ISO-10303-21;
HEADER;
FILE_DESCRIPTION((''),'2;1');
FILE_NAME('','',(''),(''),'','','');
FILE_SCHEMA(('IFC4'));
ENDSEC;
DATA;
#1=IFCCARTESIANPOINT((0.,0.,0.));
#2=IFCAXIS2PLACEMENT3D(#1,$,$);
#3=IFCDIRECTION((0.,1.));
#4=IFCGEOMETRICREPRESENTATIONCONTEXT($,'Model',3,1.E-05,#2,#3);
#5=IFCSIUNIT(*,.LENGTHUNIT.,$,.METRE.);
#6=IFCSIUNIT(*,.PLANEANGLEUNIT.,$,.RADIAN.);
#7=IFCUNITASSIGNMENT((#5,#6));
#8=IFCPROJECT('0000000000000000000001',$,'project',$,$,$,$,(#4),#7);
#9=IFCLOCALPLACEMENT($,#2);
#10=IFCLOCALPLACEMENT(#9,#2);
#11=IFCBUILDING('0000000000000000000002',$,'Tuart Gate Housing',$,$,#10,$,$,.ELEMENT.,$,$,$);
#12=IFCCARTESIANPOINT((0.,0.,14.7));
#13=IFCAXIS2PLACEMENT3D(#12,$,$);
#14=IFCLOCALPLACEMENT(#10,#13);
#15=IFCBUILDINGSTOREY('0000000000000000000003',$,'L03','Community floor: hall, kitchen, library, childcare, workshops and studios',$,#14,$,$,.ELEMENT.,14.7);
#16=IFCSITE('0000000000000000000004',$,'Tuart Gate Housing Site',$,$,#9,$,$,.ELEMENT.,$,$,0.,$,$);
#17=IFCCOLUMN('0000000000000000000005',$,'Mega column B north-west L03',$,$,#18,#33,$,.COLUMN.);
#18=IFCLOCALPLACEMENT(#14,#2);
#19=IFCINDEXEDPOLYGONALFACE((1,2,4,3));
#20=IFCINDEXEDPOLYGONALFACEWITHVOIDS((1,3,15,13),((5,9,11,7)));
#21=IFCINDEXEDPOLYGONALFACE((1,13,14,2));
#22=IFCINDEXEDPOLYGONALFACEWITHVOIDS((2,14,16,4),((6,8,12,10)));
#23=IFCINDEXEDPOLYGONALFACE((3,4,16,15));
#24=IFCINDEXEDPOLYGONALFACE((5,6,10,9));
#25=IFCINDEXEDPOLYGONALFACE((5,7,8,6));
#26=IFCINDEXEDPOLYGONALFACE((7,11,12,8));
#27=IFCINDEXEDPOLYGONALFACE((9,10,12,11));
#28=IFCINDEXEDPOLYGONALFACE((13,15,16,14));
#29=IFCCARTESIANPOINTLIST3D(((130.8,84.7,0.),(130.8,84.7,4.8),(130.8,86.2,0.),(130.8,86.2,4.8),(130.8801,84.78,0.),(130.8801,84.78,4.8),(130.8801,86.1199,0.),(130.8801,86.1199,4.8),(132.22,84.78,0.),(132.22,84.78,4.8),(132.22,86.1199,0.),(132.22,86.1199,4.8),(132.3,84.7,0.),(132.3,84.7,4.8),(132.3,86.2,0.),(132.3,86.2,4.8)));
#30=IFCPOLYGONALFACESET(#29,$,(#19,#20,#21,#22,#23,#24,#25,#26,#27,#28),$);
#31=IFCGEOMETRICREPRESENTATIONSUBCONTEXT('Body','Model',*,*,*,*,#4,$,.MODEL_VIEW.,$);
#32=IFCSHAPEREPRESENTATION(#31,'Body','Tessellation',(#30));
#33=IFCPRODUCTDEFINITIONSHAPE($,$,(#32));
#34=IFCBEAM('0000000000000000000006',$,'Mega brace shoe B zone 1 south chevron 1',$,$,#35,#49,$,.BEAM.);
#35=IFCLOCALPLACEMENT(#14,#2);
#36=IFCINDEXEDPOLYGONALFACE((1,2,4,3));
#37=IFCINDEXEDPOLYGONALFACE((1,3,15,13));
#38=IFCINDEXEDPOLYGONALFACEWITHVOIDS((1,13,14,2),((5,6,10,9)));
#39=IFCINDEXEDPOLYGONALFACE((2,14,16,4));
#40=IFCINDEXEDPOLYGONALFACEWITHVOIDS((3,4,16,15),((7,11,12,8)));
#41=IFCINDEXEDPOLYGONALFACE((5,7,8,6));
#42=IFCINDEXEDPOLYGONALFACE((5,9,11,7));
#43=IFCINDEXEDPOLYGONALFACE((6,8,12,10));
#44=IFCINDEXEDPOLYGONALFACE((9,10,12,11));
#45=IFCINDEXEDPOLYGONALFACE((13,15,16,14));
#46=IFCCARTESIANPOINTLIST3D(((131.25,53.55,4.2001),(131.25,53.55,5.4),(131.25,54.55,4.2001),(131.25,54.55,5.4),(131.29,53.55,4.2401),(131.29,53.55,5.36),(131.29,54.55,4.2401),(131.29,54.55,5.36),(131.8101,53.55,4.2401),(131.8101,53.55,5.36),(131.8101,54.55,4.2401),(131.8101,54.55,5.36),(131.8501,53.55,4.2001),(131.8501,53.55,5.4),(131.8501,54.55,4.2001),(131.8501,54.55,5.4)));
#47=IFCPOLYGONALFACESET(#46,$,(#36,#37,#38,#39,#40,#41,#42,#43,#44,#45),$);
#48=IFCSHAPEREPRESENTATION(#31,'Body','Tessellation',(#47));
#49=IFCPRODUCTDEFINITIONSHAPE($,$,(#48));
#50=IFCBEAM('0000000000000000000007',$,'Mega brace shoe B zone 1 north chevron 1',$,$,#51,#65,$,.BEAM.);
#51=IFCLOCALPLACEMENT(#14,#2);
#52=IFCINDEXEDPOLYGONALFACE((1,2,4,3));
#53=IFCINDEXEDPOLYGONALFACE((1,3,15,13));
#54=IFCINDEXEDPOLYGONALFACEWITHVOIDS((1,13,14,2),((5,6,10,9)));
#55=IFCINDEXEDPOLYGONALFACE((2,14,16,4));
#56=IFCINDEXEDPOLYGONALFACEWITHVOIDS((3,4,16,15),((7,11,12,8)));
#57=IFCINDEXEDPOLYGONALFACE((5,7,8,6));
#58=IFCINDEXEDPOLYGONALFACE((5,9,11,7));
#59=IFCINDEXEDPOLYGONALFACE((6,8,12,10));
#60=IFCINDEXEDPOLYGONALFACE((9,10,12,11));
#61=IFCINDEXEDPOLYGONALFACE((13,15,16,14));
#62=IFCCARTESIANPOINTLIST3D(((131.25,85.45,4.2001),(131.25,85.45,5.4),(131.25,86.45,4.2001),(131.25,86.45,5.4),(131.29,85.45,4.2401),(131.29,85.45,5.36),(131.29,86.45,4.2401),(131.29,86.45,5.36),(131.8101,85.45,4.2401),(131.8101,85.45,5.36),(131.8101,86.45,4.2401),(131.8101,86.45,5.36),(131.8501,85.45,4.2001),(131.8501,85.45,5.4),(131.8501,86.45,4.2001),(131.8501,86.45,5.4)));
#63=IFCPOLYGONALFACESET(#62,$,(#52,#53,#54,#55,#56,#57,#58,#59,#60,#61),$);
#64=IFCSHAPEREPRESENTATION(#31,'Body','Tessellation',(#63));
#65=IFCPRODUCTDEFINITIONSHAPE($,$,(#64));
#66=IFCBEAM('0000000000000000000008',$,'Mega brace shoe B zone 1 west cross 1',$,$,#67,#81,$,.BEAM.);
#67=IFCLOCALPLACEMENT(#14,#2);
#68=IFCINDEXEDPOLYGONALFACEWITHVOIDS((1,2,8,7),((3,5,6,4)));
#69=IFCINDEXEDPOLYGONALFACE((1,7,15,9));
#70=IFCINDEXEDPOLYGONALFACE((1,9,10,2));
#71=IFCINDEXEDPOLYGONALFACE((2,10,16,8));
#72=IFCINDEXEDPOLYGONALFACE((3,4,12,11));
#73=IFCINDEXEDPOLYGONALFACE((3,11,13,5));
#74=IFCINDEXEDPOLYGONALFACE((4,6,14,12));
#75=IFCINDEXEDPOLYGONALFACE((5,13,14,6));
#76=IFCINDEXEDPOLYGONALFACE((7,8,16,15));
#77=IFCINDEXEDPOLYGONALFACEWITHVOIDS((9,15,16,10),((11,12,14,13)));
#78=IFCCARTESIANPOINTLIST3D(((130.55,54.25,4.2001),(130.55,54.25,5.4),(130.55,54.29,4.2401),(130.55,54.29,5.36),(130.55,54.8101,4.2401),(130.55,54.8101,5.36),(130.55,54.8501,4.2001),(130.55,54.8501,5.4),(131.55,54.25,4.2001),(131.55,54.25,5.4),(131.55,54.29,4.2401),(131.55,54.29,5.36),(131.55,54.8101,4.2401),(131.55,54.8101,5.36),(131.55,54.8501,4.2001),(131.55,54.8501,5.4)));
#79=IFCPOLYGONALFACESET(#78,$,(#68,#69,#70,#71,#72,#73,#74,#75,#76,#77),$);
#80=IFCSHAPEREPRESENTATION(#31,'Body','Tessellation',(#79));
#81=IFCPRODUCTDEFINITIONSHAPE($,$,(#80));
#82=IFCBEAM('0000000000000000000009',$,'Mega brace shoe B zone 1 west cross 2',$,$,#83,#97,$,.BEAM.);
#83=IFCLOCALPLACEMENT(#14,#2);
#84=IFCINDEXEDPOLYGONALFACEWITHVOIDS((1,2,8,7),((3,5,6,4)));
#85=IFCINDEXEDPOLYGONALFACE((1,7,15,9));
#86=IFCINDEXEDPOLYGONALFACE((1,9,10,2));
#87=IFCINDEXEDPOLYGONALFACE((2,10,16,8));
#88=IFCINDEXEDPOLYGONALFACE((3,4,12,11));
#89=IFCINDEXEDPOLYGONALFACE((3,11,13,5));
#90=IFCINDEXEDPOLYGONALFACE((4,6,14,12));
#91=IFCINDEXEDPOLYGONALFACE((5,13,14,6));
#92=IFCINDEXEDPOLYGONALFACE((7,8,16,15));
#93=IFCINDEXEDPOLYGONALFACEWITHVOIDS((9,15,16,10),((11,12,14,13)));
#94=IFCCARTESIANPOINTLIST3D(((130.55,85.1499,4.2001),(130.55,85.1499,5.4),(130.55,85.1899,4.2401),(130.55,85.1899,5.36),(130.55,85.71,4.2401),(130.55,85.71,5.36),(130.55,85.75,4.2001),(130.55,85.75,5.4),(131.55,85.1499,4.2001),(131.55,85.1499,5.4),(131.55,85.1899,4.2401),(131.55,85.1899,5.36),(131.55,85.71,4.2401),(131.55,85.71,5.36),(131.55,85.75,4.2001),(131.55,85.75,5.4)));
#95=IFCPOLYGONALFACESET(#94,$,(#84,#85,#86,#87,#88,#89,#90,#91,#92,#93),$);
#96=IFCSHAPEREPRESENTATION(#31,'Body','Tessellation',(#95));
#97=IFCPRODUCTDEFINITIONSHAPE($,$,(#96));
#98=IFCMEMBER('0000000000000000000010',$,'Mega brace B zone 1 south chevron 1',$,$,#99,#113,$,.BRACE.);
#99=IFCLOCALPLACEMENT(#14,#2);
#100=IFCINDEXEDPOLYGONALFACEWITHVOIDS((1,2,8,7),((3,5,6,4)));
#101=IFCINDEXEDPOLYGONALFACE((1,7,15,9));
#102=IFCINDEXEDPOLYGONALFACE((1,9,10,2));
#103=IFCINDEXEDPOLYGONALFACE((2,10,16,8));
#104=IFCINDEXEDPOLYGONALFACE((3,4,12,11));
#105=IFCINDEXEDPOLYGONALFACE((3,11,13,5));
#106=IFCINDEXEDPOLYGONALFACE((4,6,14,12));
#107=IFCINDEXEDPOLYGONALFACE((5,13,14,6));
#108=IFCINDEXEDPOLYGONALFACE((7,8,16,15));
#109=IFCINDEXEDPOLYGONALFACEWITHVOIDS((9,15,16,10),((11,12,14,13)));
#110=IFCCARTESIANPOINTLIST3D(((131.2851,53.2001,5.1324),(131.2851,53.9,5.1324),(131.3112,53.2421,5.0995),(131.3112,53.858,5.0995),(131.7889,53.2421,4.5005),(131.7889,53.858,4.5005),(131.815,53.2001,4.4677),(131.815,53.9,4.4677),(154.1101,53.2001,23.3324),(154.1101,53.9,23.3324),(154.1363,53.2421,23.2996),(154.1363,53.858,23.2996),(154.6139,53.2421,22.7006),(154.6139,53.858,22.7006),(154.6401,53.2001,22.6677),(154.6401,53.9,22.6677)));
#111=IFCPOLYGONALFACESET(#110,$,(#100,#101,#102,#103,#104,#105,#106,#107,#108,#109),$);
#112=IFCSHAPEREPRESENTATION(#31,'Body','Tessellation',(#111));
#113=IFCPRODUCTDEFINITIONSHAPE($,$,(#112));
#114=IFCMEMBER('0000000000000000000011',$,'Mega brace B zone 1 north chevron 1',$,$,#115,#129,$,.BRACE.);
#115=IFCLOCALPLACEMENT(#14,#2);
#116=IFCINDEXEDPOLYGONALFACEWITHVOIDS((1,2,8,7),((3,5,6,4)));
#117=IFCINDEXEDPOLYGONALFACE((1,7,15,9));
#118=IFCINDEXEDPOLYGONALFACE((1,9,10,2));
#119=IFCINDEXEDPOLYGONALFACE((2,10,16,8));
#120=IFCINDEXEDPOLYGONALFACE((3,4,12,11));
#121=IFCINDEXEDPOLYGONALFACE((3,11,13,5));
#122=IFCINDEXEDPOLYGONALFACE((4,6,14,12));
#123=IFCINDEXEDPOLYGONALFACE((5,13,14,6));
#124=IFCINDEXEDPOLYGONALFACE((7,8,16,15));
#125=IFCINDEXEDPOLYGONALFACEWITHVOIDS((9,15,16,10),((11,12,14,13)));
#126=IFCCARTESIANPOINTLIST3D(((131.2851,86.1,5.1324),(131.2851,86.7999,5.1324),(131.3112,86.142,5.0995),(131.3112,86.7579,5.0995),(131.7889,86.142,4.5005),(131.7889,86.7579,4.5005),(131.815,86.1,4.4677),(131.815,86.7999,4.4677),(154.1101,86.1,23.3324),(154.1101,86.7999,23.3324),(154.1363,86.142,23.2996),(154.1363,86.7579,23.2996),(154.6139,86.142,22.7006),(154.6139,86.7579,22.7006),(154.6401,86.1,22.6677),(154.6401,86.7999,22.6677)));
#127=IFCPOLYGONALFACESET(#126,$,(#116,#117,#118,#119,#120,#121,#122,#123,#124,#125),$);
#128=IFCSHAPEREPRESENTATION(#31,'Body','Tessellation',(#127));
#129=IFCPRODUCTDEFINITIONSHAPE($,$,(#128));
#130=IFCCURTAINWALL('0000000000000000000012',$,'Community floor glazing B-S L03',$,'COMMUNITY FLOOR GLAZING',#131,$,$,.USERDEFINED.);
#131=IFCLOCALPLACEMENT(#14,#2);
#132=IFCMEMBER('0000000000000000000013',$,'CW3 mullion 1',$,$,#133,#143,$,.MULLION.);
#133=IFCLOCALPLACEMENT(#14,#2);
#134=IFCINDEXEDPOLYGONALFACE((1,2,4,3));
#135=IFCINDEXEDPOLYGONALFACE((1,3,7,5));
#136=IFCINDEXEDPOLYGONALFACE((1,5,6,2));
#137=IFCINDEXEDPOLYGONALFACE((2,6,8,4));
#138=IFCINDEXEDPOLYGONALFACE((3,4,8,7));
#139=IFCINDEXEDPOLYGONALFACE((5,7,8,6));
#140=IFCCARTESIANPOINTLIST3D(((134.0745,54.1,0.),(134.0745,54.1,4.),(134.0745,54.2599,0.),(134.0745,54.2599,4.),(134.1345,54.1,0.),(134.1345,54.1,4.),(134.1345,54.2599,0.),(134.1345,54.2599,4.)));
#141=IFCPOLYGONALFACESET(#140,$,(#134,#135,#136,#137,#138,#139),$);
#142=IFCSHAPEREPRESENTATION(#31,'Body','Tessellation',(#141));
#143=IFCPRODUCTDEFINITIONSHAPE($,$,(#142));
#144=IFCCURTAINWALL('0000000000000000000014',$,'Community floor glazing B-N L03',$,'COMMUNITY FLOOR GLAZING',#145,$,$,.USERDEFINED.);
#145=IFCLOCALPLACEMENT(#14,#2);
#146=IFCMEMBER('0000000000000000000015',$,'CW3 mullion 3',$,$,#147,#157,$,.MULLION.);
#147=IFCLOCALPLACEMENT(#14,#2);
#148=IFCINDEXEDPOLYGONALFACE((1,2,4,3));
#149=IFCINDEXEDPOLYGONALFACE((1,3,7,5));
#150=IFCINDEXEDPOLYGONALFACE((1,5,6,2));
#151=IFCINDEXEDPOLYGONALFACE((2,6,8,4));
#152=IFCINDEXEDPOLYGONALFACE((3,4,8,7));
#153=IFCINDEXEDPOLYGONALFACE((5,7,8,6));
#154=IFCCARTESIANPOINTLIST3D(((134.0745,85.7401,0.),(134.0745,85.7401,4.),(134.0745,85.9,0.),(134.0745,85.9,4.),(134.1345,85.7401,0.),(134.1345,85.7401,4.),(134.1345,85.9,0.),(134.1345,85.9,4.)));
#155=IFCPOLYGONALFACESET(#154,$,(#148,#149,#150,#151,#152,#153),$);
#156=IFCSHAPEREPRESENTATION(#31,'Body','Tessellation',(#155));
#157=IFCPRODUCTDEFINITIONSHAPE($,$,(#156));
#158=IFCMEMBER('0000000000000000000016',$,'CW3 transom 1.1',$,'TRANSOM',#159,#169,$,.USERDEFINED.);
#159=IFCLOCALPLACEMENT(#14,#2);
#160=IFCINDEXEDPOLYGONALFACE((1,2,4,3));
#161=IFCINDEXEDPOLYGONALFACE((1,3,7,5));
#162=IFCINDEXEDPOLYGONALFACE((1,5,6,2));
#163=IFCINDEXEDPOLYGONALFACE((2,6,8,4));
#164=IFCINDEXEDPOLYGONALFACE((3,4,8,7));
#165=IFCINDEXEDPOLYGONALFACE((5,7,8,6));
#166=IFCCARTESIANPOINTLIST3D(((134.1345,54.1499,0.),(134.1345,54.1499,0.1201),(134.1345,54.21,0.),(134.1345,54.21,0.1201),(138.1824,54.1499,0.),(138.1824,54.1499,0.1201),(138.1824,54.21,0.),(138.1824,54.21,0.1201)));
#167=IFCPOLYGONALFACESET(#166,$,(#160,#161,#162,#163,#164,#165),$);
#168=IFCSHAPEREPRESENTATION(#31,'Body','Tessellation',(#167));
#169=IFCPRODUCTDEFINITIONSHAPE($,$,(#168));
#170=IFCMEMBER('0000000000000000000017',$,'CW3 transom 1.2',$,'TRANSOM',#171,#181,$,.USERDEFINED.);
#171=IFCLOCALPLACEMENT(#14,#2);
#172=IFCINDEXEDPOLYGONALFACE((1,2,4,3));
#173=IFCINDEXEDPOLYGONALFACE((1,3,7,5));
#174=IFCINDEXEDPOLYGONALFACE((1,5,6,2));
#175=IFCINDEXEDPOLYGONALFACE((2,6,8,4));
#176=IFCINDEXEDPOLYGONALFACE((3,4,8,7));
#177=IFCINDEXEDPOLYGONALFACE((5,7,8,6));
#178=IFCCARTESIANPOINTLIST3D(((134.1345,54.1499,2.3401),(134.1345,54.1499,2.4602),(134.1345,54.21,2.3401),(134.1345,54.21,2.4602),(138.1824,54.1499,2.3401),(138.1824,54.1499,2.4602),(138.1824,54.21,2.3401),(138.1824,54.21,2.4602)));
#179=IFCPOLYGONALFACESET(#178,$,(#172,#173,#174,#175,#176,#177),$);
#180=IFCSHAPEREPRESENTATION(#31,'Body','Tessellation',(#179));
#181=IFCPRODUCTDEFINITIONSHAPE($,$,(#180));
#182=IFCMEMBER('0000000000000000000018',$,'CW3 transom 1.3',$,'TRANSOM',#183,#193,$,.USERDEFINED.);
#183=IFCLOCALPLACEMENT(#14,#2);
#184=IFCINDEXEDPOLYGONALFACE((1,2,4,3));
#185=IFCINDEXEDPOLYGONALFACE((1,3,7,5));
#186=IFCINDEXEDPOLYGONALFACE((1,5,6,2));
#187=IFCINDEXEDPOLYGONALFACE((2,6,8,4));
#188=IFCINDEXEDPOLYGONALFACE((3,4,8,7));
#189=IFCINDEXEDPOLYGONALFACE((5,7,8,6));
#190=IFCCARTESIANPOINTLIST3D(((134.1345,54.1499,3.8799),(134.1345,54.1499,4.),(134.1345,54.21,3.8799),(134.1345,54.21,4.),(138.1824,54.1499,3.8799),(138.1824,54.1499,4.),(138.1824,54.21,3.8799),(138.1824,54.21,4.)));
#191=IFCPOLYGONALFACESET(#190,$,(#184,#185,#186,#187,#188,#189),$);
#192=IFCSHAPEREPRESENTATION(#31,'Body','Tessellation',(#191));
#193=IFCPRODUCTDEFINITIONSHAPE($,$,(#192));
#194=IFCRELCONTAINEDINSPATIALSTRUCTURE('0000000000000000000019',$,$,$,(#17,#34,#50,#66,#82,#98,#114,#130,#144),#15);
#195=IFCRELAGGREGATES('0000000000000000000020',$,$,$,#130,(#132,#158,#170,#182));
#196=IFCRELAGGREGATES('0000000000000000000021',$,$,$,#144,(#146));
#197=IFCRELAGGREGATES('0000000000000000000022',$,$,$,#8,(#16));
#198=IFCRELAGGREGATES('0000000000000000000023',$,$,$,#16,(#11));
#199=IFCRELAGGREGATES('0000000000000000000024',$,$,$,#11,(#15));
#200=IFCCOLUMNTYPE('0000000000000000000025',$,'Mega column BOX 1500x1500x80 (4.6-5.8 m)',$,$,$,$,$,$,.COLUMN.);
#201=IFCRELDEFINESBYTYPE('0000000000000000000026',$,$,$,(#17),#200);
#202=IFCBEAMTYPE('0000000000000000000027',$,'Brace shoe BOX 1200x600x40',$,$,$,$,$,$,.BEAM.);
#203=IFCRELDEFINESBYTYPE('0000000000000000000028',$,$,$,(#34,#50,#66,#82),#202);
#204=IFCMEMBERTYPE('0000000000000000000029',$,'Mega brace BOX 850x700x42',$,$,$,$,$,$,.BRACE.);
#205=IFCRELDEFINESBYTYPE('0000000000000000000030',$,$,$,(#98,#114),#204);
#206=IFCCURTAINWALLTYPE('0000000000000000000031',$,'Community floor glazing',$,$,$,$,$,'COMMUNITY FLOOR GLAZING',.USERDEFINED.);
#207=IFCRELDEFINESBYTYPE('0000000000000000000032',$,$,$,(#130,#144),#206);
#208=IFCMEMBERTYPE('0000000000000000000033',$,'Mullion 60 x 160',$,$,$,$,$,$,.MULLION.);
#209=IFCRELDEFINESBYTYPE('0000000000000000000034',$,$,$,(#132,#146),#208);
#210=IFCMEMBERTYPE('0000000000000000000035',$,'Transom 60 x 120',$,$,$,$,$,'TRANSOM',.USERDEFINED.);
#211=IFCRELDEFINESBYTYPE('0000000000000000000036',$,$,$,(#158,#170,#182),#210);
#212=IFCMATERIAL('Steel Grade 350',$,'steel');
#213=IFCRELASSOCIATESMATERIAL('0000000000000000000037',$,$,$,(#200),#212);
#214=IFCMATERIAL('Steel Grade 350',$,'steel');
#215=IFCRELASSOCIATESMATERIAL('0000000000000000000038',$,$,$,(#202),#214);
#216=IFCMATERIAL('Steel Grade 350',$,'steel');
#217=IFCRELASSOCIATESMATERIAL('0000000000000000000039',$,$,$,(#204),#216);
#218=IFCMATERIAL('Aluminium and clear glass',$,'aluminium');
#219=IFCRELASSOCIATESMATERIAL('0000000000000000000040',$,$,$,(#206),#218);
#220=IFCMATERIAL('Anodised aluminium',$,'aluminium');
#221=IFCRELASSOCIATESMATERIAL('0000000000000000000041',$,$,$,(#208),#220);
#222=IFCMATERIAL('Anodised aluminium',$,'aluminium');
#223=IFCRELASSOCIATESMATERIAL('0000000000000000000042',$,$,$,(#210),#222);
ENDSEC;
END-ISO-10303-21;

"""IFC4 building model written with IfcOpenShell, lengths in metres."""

from ifc_helpers import new_model, si_unit, direction, frame, origin, origin_2d, place, context, subcontext, project, spatial, rectangle, hollow_rectangle, extrude, material, material_profile, profile_set, type_object, element, aggregate, save


model = new_model("IFC4")

# Units and contexts
model_context = context("Model", 3, precision=1e-05, world=origin(), true_north=direction((0.0, 1.0)))
body_context = subcontext(model_context, "Body", "Model", "MODEL_VIEW")
ifc_project = project(units=[si_unit("LENGTHUNIT", "METRE"), si_unit("PLANEANGLEUNIT", "RADIAN")], contexts=[model_context])

# Site, building, storey
site_placement = place(None, origin())
site = spatial("IfcSite", under=ifc_project, at=site_placement, Name="Tuart Gate Housing Site", CompositionType="ELEMENT", RefElevation=0.0)
building_placement = place(site_placement, origin())
building = spatial("IfcBuilding", under=site, at=building_placement, Name="Tuart Gate Housing", CompositionType="ELEMENT")
storey_placement = place(building_placement, frame((0.0, 0.0, 14.7)))
storey = spatial("IfcBuildingStorey", under=building, at=storey_placement, Name="L03", Description="Community floor: hall, kitchen, library, childcare, workshops and studios", CompositionType="ELEMENT", Elevation=14.7)

# Column
ifc_material_1 = material(Name="Steel Grade 350", Category="steel")
ifc_material_profile_1 = material_profile(ifc_material_1, hollow_rectangle(XDim=1.5, YDim=1.5, WallThickness=0.0801, at=origin_2d()), Name="BOX 1500x1500x80")
ifc_profile_set_1 = profile_set([ifc_material_profile_1], Name="Steel Grade 350")
column_type = type_object("IfcColumnType", Name="Mega column BOX 1500x1500x80 (4.6-5.8 m)", PredefinedType="COLUMN", material=ifc_profile_set_1)
column_placement = place(storey_placement, frame((131.55, 85.45, 0.0), z_axis=(0.0, 0.0, 1.0), x_axis=(1.0, 0.0, 0.0)))
element("IfcColumn", 1, at=column_placement, inside=storey, type_object=column_type, Name="Mega column B north-west L03", PredefinedType="COLUMN", context=body_context, shape_type="SweptSolid", body=[
    extrude(hollow_rectangle(XDim=1.5, YDim=1.5, WallThickness=0.0801, at=origin_2d()), origin(), (0.0, 0.0, 1.0), 4.8),
])

# Beams
ifc_material_2 = material(Name="Steel Grade 350", Category="steel")
ifc_material_profile_2 = material_profile(ifc_material_2, hollow_rectangle(XDim=0.6001, YDim=1.2, WallThickness=0.04, at=origin_2d()), Name="BOX 1200x600x40")
ifc_profile_set_2 = profile_set([ifc_material_profile_2], Name="Steel Grade 350")
beam_type = type_object("IfcBeamType", Name="Brace shoe BOX 1200x600x40", PredefinedType="BEAM", material=ifc_profile_set_2)
for number, where, z_axis, x_axis, name in (
    (2, (131.55, 54.55, 4.8), (0.0, -1.0, 0.0), (1.0, 0.0, 0.0), "Mega brace shoe B zone 1 south chevron 1"),
    (3, (131.55, 85.45, 4.8), (0.0, 1.0, 0.0), (-1.0, 0.0, 0.0), "Mega brace shoe B zone 1 north chevron 1"),
    (4, (131.55, 54.55, 4.8), (-1.0, 0.0, 0.0), (0.0, -1.0, 0.0), "Mega brace shoe B zone 1 west cross 1"),
    (5, (131.55, 85.45, 4.8), (-1.0, 0.0, 0.0), (0.0, -1.0, 0.0), "Mega brace shoe B zone 1 west cross 2"),
):
    element("IfcBeam", number, at=place(storey_placement, frame(where, z_axis=z_axis, x_axis=x_axis)), inside=storey, type_object=beam_type, Name=name, PredefinedType="BEAM", context=body_context, shape_type="SweptSolid", body=[
        extrude(hollow_rectangle(XDim=0.6001, YDim=1.2, WallThickness=0.04, at=origin_2d()), origin(), (0.0, 0.0, 1.0), 1.0),
    ])

# Members
ifc_material_3 = material(Name="Steel Grade 350", Category="steel")
ifc_material_profile_3 = material_profile(ifc_material_3, hollow_rectangle(XDim=0.7, YDim=0.8501, WallThickness=0.042, at=origin_2d()), Name="BOX 850x700x42")
ifc_profile_set_3 = profile_set([ifc_material_profile_3], Name="Steel Grade 350")
member_type_1 = type_object("IfcMemberType", Name="Mega brace BOX 850x700x42", PredefinedType="BRACE", material=ifc_profile_set_3)
for number, where, z_axis, x_axis, name in (
    (6, (131.55, 53.55, 4.8), (0.781871, 0.0, 0.623441), (0.0, 1.0, 0.0), "Mega brace B zone 1 south chevron 1"),
    (7, (131.55, 86.45, 4.8), (0.781871, 0.0, 0.623441), (0.0, 1.0, 0.0), "Mega brace B zone 1 north chevron 1"),
):
    element("IfcMember", number, at=place(storey_placement, frame(where, z_axis=z_axis, x_axis=x_axis)), inside=storey, type_object=member_type_1, Name=name, PredefinedType="BRACE", context=body_context, shape_type="SweptSolid", body=[
        extrude(hollow_rectangle(XDim=0.7, YDim=0.8501, WallThickness=0.042, at=origin_2d()), origin(), (0.0, 0.0, 1.0), 29.1929),
    ])

# Curtain walls, members
ifc_material_4 = material(Name="Aluminium and clear glass", Category="aluminium")
curtain_wall_type = type_object("IfcCurtainWallType", Name="Community floor glazing", ElementType="COMMUNITY FLOOR GLAZING", PredefinedType="USERDEFINED", material=ifc_material_4)
curtain_wall_1_placement = place(storey_placement, origin())
curtain_wall_1 = element("IfcCurtainWall", 8, at=curtain_wall_1_placement, inside=storey, type_object=curtain_wall_type, Name="Community floor glazing B-S L03", ObjectType="COMMUNITY FLOOR GLAZING", PredefinedType="USERDEFINED")
ifc_material_5 = material(Name="Anodised aluminium", Category="aluminium")
ifc_material_profile_4 = material_profile(ifc_material_5, rectangle(XDim=0.0601, YDim=0.1599, at=origin_2d()), Name="60x160")
ifc_profile_set_4 = profile_set([ifc_material_profile_4], Name="Anodised aluminium")
member_type_2 = type_object("IfcMemberType", Name="Mullion 60 x 160", PredefinedType="MULLION", material=ifc_profile_set_4)
member_1_placement = place(storey_placement, frame((134.1045, 54.1799, 0.0), z_axis=(0.0, 0.0, 1.0), x_axis=(1.0, 0.0, 0.0)))
member_1 = element("IfcMember", 9, at=member_1_placement, type_object=member_type_2, Name="CW3 mullion 1", PredefinedType="MULLION", context=body_context, shape_type="SweptSolid", body=[
    extrude(rectangle(XDim=0.0601, YDim=0.1599, at=origin_2d()), origin(), (0.0, 0.0, 1.0), 4.0),
])
curtain_wall_2_placement = place(storey_placement, origin())
curtain_wall_2 = element("IfcCurtainWall", 10, at=curtain_wall_2_placement, inside=storey, type_object=curtain_wall_type, Name="Community floor glazing B-N L03", ObjectType="COMMUNITY FLOOR GLAZING", PredefinedType="USERDEFINED")
member_2_placement = place(storey_placement, frame((134.1045, 85.8201, 0.0), z_axis=(0.0, 0.0, 1.0), x_axis=(-1.0, 0.0, 0.0)))
member_2 = element("IfcMember", 11, at=member_2_placement, type_object=member_type_2, Name="CW3 mullion 3", PredefinedType="MULLION", context=body_context, shape_type="SweptSolid", body=[
    extrude(rectangle(XDim=0.0601, YDim=0.1599, at=origin_2d()), origin(), (0.0, 0.0, 1.0), 4.0),
])

# Members
ifc_material_6 = material(Name="Anodised aluminium", Category="aluminium")
ifc_material_profile_5 = material_profile(ifc_material_6, rectangle(XDim=0.0601, YDim=0.1201, at=origin_2d()), Name="60x120")
ifc_profile_set_5 = profile_set([ifc_material_profile_5], Name="Anodised aluminium")
member_type_3 = type_object("IfcMemberType", Name="Transom 60 x 120", ElementType="TRANSOM", PredefinedType="USERDEFINED", material=ifc_profile_set_5)
member_3_placement = place(storey_placement, frame((134.1345, 54.1799, 0.0601), z_axis=(1.0, 0.0, 0.0), x_axis=(0.0, 1.0, 0.0)))
member_3 = element("IfcMember", 12, at=member_3_placement, type_object=member_type_3, Name="CW3 transom 1.1", ObjectType="TRANSOM", PredefinedType="USERDEFINED", context=body_context, shape_type="SweptSolid", body=[
    extrude(rectangle(XDim=0.0601, YDim=0.1201, at=origin_2d()), origin(), (0.0, 0.0, 1.0), 4.0479),
])
member_4_placement = place(storey_placement, frame((134.1345, 54.1799, 2.4001), z_axis=(1.0, 0.0, 0.0), x_axis=(0.0, 1.0, 0.0)))
member_4 = element("IfcMember", 13, at=member_4_placement, type_object=member_type_3, Name="CW3 transom 1.2", ObjectType="TRANSOM", PredefinedType="USERDEFINED", context=body_context, shape_type="SweptSolid", body=[
    extrude(rectangle(XDim=0.0601, YDim=0.1201, at=origin_2d()), origin(), (0.0, 0.0, 1.0), 4.0479),
])
member_5_placement = place(storey_placement, frame((134.1345, 54.1799, 3.9399), z_axis=(1.0, 0.0, 0.0), x_axis=(0.0, 1.0, 0.0)))
member_5 = element("IfcMember", 14, at=member_5_placement, type_object=member_type_3, Name="CW3 transom 1.3", ObjectType="TRANSOM", PredefinedType="USERDEFINED", context=body_context, shape_type="SweptSolid", body=[
    extrude(rectangle(XDim=0.0601, YDim=0.1201, at=origin_2d()), origin(), (0.0, 0.0, 1.0), 4.0479),
])

aggregate(curtain_wall_1, [member_1, member_3, member_4, member_5])
aggregate(curtain_wall_2, [member_2])

save(model, "model.ifc")
